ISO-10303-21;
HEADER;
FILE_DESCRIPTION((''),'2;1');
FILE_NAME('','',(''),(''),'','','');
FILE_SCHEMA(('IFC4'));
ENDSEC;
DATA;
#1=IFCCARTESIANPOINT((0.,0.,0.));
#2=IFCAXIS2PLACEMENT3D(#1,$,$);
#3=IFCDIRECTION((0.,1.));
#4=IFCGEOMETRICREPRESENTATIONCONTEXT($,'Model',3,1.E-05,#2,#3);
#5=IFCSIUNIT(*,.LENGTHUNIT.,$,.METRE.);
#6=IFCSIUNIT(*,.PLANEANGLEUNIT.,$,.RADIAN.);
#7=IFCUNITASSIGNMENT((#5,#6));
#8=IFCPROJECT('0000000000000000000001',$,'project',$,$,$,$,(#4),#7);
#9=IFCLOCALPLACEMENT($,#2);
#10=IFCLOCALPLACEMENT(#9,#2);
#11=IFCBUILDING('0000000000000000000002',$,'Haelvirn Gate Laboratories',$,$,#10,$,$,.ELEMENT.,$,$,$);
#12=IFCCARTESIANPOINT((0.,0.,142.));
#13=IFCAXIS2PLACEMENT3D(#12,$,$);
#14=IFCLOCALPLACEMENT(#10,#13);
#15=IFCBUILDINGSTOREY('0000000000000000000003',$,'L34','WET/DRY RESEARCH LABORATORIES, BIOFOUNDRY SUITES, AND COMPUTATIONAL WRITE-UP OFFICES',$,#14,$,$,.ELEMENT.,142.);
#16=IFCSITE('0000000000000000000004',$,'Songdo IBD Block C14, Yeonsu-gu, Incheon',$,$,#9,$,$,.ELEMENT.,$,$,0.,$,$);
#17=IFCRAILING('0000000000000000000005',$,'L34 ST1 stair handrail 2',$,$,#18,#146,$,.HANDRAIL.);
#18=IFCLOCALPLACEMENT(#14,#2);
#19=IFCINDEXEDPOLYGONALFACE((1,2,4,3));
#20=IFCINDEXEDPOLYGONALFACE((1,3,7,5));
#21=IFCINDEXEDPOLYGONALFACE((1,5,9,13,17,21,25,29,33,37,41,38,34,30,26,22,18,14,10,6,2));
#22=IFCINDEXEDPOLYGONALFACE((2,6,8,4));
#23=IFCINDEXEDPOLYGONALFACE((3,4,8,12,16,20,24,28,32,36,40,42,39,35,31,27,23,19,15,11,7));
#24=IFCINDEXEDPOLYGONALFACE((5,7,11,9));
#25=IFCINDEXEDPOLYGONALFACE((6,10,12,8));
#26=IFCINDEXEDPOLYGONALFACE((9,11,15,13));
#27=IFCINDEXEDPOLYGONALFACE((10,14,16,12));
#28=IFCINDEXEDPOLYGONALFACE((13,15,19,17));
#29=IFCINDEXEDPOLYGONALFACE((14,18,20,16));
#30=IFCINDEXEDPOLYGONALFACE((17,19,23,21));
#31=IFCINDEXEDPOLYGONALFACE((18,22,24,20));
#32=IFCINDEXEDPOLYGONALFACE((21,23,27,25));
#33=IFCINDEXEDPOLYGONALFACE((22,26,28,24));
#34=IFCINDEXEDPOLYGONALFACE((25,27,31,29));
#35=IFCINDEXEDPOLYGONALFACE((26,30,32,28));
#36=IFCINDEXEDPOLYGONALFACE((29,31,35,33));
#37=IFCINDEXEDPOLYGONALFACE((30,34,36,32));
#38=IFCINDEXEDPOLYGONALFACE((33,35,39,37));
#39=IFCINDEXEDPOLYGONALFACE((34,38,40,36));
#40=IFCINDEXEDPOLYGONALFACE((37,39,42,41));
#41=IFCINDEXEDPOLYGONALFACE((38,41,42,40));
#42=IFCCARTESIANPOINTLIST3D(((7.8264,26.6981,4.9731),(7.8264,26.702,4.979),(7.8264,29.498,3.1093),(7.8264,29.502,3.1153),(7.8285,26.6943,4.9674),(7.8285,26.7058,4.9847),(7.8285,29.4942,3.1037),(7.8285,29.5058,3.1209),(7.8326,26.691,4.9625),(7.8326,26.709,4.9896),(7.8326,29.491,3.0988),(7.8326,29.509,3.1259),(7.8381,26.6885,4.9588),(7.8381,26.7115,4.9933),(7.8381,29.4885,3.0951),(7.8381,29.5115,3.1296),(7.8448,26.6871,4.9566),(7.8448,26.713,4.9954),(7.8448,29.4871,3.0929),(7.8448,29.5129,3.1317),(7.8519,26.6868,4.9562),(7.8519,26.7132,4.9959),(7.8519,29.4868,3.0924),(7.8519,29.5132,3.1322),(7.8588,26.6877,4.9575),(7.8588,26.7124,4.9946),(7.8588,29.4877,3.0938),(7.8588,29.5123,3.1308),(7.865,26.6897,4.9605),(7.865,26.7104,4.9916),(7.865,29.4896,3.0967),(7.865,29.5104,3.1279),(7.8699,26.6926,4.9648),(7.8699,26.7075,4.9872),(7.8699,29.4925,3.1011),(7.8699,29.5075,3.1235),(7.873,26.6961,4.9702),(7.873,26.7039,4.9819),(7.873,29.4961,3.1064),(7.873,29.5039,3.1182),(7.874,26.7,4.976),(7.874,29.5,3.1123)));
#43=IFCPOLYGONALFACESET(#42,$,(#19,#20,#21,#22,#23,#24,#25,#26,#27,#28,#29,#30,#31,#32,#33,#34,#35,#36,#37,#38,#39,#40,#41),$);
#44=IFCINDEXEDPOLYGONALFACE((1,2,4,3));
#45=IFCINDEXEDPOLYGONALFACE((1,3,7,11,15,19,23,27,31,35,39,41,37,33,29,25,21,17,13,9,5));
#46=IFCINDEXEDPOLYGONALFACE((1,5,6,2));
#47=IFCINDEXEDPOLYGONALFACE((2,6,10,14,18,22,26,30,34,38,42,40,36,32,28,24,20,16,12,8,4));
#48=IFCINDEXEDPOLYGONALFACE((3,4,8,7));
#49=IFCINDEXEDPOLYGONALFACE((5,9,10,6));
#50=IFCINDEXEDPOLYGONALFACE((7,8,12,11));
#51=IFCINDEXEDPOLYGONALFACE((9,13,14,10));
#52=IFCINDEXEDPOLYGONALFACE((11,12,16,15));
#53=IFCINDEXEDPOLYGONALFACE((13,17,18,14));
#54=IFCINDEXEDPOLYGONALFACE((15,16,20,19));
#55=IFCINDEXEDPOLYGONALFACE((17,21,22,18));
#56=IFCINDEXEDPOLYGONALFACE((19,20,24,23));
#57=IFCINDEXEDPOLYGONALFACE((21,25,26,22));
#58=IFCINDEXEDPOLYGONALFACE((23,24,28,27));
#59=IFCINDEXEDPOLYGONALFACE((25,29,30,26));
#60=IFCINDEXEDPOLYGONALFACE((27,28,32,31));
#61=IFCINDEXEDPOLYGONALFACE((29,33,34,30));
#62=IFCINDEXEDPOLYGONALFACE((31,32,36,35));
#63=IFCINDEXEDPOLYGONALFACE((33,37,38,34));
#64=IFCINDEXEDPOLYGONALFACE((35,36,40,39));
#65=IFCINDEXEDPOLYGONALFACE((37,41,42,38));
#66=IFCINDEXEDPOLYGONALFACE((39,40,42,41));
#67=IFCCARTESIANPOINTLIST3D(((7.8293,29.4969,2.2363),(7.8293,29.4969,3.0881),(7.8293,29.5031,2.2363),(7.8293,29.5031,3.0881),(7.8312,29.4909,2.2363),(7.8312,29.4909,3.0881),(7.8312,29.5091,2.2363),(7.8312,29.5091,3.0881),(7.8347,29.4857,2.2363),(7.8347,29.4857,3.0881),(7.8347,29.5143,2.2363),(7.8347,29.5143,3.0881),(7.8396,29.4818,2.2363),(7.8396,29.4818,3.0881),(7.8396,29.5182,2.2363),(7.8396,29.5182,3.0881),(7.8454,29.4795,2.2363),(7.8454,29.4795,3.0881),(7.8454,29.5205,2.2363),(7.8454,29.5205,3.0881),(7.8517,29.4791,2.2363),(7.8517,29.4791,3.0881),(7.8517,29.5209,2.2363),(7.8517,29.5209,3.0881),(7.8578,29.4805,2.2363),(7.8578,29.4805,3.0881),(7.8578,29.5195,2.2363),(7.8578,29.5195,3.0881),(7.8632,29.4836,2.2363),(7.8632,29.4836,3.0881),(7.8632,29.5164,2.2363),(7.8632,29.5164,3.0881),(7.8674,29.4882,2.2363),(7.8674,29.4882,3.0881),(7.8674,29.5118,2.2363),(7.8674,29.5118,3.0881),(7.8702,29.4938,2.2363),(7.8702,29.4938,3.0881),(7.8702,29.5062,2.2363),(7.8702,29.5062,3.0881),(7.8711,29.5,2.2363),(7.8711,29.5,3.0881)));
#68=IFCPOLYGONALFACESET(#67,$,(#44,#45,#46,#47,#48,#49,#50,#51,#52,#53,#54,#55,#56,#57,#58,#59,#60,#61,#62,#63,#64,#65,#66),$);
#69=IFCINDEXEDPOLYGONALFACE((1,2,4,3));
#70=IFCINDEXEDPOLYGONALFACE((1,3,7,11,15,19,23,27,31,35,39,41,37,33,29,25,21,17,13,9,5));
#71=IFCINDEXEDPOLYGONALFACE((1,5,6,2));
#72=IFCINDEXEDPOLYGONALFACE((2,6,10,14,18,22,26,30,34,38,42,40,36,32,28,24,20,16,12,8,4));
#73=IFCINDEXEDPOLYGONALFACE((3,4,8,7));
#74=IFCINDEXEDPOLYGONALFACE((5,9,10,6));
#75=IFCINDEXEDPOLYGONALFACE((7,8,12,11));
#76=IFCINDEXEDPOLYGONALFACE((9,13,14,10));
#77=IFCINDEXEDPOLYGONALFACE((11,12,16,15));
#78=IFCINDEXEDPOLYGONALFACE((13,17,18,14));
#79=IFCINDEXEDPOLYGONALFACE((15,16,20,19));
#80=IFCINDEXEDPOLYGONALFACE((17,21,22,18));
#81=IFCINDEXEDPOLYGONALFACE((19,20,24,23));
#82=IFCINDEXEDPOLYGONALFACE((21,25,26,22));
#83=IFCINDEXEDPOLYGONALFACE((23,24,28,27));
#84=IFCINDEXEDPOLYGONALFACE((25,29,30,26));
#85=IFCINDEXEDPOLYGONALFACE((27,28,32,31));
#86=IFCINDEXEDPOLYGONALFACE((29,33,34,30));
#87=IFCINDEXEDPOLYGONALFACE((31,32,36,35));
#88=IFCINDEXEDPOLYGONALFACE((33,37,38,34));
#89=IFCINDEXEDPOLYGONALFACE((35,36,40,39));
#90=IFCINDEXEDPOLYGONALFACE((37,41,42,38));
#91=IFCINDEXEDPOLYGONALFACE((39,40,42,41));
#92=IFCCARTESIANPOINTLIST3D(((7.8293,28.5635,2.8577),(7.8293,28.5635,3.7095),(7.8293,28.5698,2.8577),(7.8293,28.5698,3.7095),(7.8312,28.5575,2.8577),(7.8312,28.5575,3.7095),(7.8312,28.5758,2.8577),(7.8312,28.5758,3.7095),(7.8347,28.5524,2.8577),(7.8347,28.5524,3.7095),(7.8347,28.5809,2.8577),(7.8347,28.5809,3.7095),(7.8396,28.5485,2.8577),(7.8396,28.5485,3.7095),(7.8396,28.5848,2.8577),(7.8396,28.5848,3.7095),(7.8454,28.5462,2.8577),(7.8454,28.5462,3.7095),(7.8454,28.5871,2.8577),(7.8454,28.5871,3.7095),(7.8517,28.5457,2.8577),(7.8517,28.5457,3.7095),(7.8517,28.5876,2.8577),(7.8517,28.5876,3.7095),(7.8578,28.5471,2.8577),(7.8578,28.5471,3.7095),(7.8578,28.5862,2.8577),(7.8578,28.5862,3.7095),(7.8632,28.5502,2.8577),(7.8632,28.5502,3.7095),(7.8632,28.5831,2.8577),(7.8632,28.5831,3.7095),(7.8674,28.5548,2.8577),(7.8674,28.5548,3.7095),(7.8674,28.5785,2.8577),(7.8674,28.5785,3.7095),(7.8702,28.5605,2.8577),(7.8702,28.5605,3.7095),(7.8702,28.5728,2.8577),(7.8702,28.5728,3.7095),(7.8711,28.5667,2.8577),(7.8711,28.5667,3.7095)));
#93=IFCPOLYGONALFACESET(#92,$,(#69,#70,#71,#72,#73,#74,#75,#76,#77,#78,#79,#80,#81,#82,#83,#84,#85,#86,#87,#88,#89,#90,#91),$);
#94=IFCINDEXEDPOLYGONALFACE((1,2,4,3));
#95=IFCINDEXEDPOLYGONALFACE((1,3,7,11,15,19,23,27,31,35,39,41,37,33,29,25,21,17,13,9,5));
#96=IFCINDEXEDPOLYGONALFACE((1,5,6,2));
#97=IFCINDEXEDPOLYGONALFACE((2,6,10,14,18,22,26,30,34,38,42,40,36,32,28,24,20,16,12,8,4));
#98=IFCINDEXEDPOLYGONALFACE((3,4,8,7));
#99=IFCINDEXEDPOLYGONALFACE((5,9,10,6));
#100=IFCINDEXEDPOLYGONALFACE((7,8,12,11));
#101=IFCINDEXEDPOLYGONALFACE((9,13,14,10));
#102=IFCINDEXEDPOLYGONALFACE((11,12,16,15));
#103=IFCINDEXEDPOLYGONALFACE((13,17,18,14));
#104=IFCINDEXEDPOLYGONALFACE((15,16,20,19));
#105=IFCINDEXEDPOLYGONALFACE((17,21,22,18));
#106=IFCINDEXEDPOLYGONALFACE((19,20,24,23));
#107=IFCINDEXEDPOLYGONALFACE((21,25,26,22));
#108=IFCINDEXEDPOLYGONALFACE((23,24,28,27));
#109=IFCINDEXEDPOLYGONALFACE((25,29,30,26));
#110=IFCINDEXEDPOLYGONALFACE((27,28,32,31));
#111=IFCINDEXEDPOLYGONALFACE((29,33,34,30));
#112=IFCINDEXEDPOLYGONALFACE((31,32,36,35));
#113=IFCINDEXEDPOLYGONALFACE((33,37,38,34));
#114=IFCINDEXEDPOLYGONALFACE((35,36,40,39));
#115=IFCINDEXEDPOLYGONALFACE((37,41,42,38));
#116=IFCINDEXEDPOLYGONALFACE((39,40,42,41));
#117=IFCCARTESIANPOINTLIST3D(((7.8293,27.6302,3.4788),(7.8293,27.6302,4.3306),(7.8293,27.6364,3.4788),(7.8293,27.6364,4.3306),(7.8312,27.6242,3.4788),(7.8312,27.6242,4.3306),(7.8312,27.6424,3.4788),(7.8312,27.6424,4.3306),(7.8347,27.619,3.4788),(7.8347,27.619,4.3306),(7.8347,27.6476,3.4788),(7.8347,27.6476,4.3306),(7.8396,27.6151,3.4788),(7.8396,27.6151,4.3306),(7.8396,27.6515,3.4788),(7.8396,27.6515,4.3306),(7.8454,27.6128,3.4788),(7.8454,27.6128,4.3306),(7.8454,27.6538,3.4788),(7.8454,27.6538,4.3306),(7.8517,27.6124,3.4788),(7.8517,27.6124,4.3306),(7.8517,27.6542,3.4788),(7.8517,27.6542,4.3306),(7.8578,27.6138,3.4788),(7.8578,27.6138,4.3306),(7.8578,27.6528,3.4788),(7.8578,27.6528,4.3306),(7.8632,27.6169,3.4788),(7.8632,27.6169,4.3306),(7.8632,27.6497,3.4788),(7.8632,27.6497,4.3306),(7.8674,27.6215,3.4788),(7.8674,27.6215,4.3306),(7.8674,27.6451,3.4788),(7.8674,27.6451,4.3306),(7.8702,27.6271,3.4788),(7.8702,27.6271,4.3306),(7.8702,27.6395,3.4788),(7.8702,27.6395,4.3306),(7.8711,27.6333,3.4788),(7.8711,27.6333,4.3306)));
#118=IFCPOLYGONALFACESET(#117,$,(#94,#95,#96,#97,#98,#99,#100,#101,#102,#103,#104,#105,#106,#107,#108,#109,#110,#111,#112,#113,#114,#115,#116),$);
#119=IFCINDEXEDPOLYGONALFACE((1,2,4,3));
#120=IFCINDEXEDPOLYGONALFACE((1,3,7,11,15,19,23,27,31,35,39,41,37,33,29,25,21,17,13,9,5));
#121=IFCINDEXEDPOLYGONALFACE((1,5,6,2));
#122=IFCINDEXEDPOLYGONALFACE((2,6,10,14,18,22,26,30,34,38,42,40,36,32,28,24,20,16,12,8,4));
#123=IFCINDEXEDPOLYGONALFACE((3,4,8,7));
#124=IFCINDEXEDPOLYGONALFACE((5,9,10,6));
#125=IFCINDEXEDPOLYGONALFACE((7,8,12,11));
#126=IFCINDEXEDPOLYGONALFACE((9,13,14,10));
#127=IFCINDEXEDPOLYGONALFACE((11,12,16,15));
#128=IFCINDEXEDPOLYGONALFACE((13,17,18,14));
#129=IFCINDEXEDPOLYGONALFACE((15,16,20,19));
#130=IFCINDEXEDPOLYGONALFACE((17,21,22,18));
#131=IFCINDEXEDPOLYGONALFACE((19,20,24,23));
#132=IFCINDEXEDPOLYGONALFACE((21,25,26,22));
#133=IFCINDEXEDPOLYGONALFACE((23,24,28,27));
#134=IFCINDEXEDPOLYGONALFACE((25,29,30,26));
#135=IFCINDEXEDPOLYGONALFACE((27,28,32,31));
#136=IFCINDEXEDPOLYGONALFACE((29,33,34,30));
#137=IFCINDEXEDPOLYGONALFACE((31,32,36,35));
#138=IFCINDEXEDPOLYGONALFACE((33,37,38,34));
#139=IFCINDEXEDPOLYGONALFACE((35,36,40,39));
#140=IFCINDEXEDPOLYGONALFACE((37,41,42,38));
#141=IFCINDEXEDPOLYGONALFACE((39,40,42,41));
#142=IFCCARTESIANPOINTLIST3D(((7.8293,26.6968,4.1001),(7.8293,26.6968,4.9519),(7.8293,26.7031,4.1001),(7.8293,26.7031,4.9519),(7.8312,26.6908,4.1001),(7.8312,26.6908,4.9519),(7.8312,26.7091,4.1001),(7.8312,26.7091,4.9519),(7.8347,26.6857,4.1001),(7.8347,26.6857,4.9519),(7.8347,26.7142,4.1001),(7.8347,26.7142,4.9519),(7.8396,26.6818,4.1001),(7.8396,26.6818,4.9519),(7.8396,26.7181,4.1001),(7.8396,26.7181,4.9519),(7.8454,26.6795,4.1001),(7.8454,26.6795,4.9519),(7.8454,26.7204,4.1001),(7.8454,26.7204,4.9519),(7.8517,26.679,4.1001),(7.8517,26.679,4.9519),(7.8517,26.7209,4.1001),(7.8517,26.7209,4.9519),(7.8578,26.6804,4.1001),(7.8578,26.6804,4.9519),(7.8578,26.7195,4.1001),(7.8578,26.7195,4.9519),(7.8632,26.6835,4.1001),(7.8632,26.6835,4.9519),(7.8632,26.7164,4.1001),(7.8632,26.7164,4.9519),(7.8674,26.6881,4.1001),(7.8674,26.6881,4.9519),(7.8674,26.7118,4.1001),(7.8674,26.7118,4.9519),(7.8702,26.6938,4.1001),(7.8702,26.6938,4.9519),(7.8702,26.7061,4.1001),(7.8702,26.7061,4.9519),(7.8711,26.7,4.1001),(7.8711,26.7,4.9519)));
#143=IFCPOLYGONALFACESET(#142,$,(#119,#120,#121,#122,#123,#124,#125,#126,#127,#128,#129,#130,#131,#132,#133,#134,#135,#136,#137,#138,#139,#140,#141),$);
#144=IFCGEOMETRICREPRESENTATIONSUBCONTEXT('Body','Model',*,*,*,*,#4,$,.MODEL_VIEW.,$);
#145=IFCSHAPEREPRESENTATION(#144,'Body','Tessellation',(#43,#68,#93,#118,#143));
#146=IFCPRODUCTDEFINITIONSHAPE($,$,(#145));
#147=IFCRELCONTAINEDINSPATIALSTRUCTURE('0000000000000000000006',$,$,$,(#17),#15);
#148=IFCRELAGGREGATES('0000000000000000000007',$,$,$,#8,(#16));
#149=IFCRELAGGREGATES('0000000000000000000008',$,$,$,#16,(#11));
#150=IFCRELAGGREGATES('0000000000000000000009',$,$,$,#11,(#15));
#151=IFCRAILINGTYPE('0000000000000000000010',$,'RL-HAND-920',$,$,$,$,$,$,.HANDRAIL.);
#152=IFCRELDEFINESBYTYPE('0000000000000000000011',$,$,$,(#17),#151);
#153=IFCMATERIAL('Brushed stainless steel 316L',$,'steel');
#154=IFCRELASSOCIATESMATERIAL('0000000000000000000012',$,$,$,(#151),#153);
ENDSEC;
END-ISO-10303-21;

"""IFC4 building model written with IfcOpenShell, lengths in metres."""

from ifc_helpers import new_model, si_unit, direction, frame, origin, origin_2d, place, context, subcontext, project, spatial, circle, extrude, source, transform, mapped, material, type_object, element, save


model = new_model("IFC4")

# Units and contexts
model_context = context("Model", 3, precision=1e-05, world=origin(), true_north=direction((0.0, 1.0)))
body_context = subcontext(model_context, "Body", "Model", "MODEL_VIEW")
ifc_project = project(units=[si_unit("LENGTHUNIT", "METRE"), si_unit("PLANEANGLEUNIT", "RADIAN")], contexts=[model_context])

# Site, building, storey
site_placement = place(None, origin())
site = spatial("IfcSite", under=ifc_project, at=site_placement, Name="Songdo IBD Block C14, Yeonsu-gu, Incheon", CompositionType="ELEMENT", RefElevation=0.0)
building_placement = place(site_placement, origin())
building = spatial("IfcBuilding", under=site, at=building_placement, Name="Haelvirn Gate Laboratories", CompositionType="ELEMENT")
storey_placement = place(building_placement, frame((0.0, 0.0, 142.0)))
storey = spatial("IfcBuildingStorey", under=building, at=storey_placement, Name="L34", Description="WET/DRY RESEARCH LABORATORIES, BIOFOUNDRY SUITES, AND COMPUTATIONAL WRITE-UP OFFICES", CompositionType="ELEMENT", Elevation=142.0)

# Railing
ifc_material_1 = material(Name="Brushed stainless steel 316L", Category="steel")
railing_type_1 = type_object("IfcRailingType", Name="RL-HAND-920", PredefinedType="HANDRAIL", material=ifc_material_1)
shared_shape_1 = source(origin(), body_context, "Body", "SweptSolid", [
    extrude(circle(Radius=0.0239, at=origin_2d()), frame((0.0, 0.0, 0.876), z_axis=(0.0, -0.832452, 0.554097), x_axis=(1.0, 0.0, 0.0)), (0.0, 0.0, 1.0), 3.3635),
    extrude(circle(Radius=0.021, at=origin_2d()), origin(), (0.0, 0.0, 1.0), 0.8518),
    extrude(circle(Radius=0.021, at=origin_2d()), frame((0.0, -0.9333, 0.6213)), (0.0, 0.0, 1.0), 0.8518),
    extrude(circle(Radius=0.021, at=origin_2d()), frame((0.0, -1.8667, 1.2424)), (0.0, 0.0, 1.0), 0.8518),
    extrude(circle(Radius=0.021, at=origin_2d()), frame((0.0, -2.8, 1.8638)), (0.0, 0.0, 1.0), 0.8518),
])
railing_1_placement = place(storey_placement, frame((7.8501, 29.5, 2.2363)))
element("IfcRailing", 1, at=railing_1_placement, inside=storey, type_object=railing_type_1, Name="L34 ST1 stair handrail 2", PredefinedType="HANDRAIL", context=body_context, shape_type="MappedRepresentation", body=[
    mapped(shared_shape_1, transform((0.0, 0.0, 0.0), scale=1.0)),
])

save(model, "model.ifc")
